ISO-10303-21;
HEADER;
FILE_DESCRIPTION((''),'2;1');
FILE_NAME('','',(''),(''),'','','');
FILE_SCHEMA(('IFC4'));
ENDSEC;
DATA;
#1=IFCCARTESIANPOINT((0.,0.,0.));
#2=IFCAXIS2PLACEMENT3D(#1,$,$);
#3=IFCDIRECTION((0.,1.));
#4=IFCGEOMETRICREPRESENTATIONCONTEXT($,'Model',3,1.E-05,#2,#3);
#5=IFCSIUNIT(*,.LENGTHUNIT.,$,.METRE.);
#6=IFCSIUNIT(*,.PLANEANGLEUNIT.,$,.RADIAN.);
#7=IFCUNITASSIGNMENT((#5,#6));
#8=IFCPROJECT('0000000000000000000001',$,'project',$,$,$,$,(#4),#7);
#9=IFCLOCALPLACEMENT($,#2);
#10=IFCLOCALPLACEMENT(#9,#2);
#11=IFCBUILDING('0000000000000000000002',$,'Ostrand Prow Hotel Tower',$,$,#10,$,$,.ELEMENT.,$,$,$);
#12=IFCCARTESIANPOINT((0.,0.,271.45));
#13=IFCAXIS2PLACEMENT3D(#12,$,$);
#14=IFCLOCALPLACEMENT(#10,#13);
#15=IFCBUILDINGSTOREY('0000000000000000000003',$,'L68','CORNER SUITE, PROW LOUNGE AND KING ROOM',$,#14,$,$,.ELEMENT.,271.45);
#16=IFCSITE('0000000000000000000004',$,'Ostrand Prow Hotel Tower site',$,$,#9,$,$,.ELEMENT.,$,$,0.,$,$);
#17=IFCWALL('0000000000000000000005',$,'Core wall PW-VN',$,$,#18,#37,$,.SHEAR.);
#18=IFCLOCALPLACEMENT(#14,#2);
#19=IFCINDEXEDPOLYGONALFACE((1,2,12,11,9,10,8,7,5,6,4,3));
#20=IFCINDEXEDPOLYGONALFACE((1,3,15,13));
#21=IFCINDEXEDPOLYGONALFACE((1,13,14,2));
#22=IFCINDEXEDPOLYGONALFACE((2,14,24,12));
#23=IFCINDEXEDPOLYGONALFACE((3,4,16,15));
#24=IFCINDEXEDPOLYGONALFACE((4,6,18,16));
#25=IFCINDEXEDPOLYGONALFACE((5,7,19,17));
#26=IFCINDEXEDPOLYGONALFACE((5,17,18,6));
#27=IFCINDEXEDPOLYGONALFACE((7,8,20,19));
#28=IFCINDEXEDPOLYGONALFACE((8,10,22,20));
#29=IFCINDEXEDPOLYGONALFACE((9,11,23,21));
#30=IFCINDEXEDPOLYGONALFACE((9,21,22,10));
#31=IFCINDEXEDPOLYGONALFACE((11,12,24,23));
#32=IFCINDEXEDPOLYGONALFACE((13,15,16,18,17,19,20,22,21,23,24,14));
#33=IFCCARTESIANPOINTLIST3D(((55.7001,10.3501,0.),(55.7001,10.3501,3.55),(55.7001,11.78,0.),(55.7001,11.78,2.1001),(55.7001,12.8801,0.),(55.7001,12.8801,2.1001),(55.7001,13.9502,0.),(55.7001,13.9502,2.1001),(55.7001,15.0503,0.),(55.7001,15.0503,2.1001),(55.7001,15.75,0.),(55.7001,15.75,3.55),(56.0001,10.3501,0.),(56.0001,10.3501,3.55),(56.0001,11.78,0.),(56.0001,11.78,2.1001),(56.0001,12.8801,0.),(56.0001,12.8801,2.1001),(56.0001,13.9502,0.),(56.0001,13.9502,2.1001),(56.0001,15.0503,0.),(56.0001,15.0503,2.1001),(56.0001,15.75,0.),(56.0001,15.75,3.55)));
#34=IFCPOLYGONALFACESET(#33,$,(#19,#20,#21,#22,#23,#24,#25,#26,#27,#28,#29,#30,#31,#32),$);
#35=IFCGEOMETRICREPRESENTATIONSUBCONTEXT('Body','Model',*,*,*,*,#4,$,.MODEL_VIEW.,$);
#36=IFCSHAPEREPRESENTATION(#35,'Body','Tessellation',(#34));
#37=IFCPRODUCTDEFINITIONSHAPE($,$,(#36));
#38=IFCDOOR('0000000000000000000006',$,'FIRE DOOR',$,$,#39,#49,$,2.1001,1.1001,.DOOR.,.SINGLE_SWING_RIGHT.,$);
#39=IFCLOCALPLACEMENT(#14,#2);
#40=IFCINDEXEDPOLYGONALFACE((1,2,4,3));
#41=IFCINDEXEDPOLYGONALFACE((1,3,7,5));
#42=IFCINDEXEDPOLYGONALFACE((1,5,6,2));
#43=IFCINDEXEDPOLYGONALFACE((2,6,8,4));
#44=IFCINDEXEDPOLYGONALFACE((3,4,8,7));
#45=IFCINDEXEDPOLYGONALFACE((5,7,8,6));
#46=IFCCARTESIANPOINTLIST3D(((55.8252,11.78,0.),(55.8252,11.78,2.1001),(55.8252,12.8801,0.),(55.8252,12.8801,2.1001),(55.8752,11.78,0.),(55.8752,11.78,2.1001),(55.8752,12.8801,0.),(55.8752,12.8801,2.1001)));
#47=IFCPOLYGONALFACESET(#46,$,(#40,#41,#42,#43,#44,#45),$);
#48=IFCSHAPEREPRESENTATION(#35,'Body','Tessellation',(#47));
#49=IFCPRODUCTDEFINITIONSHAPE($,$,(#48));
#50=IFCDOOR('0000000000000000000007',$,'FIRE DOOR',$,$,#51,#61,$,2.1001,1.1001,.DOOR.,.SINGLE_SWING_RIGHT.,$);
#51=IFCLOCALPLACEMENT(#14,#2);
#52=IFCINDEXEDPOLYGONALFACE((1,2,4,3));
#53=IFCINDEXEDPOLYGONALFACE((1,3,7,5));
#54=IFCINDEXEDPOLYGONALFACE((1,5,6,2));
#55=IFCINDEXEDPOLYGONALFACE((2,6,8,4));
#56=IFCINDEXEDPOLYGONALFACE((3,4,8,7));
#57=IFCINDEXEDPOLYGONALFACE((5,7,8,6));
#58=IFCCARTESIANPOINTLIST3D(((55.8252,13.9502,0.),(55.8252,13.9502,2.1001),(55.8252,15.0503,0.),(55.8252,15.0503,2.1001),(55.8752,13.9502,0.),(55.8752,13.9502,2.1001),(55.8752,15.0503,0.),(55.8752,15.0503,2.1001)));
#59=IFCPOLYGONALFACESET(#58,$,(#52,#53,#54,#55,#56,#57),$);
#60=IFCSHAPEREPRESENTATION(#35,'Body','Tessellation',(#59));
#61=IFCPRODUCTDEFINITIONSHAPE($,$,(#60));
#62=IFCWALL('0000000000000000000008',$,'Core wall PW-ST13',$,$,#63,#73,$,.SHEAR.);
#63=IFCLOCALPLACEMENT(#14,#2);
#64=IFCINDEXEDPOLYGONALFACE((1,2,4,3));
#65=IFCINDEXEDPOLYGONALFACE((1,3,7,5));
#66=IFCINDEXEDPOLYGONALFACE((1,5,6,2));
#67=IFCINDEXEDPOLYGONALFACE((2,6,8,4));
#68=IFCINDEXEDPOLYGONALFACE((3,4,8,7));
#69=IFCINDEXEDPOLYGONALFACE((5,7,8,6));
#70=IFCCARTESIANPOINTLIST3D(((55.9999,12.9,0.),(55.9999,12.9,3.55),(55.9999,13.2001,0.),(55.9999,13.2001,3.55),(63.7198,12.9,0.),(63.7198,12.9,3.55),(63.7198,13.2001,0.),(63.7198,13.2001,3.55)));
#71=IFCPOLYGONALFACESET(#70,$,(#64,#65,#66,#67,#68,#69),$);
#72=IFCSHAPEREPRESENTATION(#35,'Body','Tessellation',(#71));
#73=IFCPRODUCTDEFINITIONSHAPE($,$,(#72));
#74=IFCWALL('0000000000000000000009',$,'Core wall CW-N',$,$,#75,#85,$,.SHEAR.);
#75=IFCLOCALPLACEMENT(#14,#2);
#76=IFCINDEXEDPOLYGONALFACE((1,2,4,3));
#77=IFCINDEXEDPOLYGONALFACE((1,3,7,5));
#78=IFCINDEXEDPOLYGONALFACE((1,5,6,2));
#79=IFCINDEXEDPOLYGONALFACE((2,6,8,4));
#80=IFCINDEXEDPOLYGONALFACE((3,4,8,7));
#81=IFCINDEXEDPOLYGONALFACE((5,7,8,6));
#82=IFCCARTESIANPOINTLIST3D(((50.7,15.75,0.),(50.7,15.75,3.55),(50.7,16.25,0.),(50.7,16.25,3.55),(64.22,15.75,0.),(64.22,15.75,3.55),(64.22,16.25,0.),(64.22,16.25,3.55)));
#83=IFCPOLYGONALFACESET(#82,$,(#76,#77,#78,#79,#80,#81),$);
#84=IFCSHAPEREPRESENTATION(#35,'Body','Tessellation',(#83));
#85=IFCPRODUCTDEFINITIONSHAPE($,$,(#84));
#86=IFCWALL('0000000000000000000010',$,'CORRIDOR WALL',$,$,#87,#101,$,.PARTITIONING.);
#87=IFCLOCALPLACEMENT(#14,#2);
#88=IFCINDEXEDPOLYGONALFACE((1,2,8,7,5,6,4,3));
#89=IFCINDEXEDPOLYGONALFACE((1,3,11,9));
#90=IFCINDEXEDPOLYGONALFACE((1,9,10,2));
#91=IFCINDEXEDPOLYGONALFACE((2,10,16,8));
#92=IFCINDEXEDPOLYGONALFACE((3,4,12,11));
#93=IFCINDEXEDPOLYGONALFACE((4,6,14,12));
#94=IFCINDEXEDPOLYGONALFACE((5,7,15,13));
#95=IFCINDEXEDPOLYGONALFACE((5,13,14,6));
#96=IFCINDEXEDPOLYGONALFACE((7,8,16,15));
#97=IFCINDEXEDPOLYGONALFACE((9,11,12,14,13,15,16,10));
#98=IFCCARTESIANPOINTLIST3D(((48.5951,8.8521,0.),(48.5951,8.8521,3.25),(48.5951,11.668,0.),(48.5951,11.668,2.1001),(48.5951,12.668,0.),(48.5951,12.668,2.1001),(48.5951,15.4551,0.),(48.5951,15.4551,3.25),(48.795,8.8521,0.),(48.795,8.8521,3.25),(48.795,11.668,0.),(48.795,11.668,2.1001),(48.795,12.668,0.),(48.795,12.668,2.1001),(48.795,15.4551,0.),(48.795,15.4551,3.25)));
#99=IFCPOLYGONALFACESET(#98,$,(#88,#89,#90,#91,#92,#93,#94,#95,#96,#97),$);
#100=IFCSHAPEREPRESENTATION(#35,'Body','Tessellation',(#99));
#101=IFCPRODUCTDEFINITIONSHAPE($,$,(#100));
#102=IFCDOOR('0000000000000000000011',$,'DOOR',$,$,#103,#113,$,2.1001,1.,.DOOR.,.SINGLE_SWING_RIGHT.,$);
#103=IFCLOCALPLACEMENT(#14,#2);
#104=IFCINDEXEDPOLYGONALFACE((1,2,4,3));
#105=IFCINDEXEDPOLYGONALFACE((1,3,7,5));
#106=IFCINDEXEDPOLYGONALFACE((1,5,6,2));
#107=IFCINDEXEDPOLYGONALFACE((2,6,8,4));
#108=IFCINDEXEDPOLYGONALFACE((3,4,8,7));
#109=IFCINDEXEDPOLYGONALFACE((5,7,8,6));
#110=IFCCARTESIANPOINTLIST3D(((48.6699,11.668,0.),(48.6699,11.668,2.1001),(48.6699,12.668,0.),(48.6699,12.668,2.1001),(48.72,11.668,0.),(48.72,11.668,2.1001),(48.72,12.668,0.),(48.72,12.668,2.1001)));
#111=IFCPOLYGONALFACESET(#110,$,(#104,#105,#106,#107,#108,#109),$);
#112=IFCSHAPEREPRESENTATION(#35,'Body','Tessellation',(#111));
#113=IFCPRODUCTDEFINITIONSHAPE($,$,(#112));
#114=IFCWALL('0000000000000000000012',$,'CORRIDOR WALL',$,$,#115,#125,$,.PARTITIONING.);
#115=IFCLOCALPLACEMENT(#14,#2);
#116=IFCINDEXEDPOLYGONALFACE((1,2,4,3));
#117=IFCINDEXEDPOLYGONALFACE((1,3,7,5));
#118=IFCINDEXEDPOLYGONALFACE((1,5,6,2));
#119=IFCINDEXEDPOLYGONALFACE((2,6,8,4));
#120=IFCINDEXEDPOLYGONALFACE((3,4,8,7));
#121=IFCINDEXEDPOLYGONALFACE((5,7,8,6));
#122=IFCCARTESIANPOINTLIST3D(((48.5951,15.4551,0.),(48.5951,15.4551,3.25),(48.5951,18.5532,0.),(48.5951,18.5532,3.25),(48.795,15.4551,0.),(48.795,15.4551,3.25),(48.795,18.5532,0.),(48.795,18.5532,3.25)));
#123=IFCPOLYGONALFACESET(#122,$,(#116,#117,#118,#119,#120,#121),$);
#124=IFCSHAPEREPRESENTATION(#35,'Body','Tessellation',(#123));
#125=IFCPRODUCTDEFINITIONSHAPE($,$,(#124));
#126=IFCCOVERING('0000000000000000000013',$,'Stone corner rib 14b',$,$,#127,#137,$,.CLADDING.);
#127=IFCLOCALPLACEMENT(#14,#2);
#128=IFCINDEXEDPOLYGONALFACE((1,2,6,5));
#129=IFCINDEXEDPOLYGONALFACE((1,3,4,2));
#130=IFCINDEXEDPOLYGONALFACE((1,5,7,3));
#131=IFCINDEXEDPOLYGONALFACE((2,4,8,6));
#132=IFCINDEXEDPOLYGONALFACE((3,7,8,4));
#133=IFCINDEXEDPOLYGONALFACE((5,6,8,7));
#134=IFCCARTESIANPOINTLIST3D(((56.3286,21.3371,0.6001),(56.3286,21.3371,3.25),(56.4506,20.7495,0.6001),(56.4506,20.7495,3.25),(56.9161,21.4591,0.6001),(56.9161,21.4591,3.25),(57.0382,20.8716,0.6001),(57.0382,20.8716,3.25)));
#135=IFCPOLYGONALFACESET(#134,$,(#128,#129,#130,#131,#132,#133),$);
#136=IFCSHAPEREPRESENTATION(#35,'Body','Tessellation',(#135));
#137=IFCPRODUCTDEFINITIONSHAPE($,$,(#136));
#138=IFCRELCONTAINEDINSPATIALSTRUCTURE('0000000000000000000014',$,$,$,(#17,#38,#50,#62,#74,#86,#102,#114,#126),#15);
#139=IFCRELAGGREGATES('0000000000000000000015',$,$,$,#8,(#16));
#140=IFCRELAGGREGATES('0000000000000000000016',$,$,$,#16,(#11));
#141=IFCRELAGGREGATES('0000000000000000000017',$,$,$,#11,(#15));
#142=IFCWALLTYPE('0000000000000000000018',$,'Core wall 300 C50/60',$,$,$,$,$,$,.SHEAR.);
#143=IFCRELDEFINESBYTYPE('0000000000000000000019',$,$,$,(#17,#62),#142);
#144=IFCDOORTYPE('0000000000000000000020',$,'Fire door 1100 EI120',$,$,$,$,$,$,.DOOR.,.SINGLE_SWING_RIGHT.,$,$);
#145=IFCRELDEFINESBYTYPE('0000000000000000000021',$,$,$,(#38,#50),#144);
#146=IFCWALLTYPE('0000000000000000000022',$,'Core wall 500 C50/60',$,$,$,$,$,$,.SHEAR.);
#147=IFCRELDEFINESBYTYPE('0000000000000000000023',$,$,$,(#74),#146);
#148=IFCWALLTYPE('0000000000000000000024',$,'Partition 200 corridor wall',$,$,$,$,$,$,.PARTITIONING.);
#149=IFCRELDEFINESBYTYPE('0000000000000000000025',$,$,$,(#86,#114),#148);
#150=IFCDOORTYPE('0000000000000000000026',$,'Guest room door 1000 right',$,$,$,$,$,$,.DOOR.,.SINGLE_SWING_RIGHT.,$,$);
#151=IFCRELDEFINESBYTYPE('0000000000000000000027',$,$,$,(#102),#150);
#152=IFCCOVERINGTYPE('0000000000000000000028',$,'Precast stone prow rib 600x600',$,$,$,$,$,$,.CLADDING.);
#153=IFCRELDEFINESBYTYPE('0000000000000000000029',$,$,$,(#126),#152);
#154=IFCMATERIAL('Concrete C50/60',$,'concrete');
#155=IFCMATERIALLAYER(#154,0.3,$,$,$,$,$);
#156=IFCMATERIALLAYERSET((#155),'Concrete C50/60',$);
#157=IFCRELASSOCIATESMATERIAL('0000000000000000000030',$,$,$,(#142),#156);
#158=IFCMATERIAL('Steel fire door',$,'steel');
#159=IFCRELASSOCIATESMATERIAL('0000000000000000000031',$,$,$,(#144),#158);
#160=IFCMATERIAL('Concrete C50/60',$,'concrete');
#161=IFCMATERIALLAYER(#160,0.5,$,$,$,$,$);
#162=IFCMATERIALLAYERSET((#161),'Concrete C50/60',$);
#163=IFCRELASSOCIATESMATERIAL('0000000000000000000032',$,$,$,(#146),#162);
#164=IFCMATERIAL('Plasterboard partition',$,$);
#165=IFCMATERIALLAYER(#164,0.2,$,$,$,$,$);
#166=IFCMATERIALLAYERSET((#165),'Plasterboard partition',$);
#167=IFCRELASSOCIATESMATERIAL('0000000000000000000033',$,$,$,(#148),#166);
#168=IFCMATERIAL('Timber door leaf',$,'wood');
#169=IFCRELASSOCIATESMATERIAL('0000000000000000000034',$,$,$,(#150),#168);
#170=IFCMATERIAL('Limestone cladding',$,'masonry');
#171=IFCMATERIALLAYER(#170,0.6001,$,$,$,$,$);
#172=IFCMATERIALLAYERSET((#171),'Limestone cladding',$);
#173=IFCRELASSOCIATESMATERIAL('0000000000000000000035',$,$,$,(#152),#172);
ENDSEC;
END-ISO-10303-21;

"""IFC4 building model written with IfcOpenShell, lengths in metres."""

from ifc_helpers import new_model, si_unit, direction, frame, frame_2d, origin, place, context, subcontext, project, spatial, rectangle, extrude, material, layer, layer_set, type_object, element, fill, save


model = new_model("IFC4")

# Units and contexts
model_context = context("Model", 3, precision=1e-05, world=origin(), true_north=direction((0.0, 1.0)))
body_context = subcontext(model_context, "Body", "Model", "MODEL_VIEW")
ifc_project = project(units=[si_unit("LENGTHUNIT", "METRE"), si_unit("PLANEANGLEUNIT", "RADIAN")], contexts=[model_context])

# Site, building, storey
site_placement = place(None, origin())
site = spatial("IfcSite", under=ifc_project, at=site_placement, Name="Ostrand Prow Hotel Tower site", CompositionType="ELEMENT", RefElevation=0.0)
building_placement = place(site_placement, origin())
building = spatial("IfcBuilding", under=site, at=building_placement, Name="Ostrand Prow Hotel Tower", CompositionType="ELEMENT")
storey_placement = place(building_placement, frame((0.0, 0.0, 271.45)))
storey = spatial("IfcBuildingStorey", under=building, at=storey_placement, Name="L68", Description="CORNER SUITE, PROW LOUNGE AND KING ROOM", CompositionType="ELEMENT", Elevation=271.45)

# Wall, openings, doors
ifc_material_1 = material(Name="Concrete C50/60", Category="concrete")
ifc_layer_1 = layer(ifc_material_1, 0.3)
ifc_layer_set_1 = layer_set([ifc_layer_1], Name="Concrete C50/60")
wall_type_1 = type_object("IfcWallType", Name="Core wall 300 C50/60", PredefinedType="SHEAR", material=ifc_layer_set_1)
wall_1_placement = place(storey_placement, frame((55.8501, 10.3501, 0.0), z_axis=(0.0, 0.0, 1.0), x_axis=(0.0, 1.0, 0.0)))
wall_1 = element("IfcWall", 1, at=wall_1_placement, inside=storey, type_object=wall_type_1, Name="Core wall PW-VN", PredefinedType="SHEAR", context=body_context, shape_type="SweptSolid", body=[
    extrude(rectangle(XDim=5.3999, YDim=0.3, at=frame_2d((2.7, 0.0))), origin(), (0.0, 0.0, 1.0), 3.55),
])
opening_1_placement = place(wall_1_placement, frame((1.4299, 0.0, 0.0)))
opening_1 = element("IfcOpeningElement", 2, at=opening_1_placement, cuts=wall_1, PredefinedType="OPENING", context=body_context, shape_type="SweptSolid", body=[
    extrude(rectangle(XDim=1.1001, YDim=2.1001, at=frame_2d((0.55, 1.05))), frame((0.0, 0.1599, 0.0), z_axis=(0.0, -1.0, 0.0), x_axis=(1.0, 0.0, 0.0)), (0.0, 0.0, 1.0), 0.3201),
])
opening_2_placement = place(wall_1_placement, frame((3.6001, 0.0, 0.0)))
opening_2 = element("IfcOpeningElement", 3, at=opening_2_placement, cuts=wall_1, PredefinedType="OPENING", context=body_context, shape_type="SweptSolid", body=[
    extrude(rectangle(XDim=1.1001, YDim=2.1001, at=frame_2d((0.55, 1.05))), frame((0.0, 0.1599, 0.0), z_axis=(0.0, -1.0, 0.0), x_axis=(1.0, 0.0, 0.0)), (0.0, 0.0, 1.0), 0.3201),
])
ifc_material_2 = material(Name="Steel fire door", Category="steel")
door_type_1 = type_object("IfcDoorType", Name="Fire door 1100 EI120", OperationType="SINGLE_SWING_RIGHT", PredefinedType="DOOR", material=ifc_material_2)
door_1_placement = place(opening_1_placement, origin())
door_1 = element("IfcDoor", 4, at=door_1_placement, inside=storey, type_object=door_type_1, Name="FIRE DOOR", OperationType="SINGLE_SWING_RIGHT", OverallHeight=2.1001, OverallWidth=1.1001, PredefinedType="DOOR", context=body_context, shape_type="SweptSolid", body=[
    extrude(rectangle(XDim=1.1001, YDim=2.1001, at=frame_2d((0.55, 1.05))), frame((0.0, 0.0249, 0.0), z_axis=(0.0, -1.0, 0.0), x_axis=(1.0, 0.0, 0.0)), (0.0, 0.0, 1.0), 0.05),
])
fill(opening_1, door_1)
door_2_placement = place(opening_2_placement, origin())
door_2 = element("IfcDoor", 5, at=door_2_placement, inside=storey, type_object=door_type_1, Name="FIRE DOOR", OperationType="SINGLE_SWING_RIGHT", OverallHeight=2.1001, OverallWidth=1.1001, PredefinedType="DOOR", context=body_context, shape_type="SweptSolid", body=[
    extrude(rectangle(XDim=1.1001, YDim=2.1001, at=frame_2d((0.55, 1.05))), frame((0.0, 0.0249, 0.0), z_axis=(0.0, -1.0, 0.0), x_axis=(1.0, 0.0, 0.0)), (0.0, 0.0, 1.0), 0.05),
])
fill(opening_2, door_2)

# Walls
wall_2_placement = place(storey_placement, frame((56.0, 13.05, 0.0), z_axis=(0.0, 0.0, 1.0), x_axis=(1.0, 0.0, 0.0)))
element("IfcWall", 6, at=wall_2_placement, inside=storey, type_object=wall_type_1, Name="Core wall PW-ST13", PredefinedType="SHEAR", context=body_context, shape_type="SweptSolid", body=[
    extrude(rectangle(XDim=7.72, YDim=0.3, at=frame_2d((3.8599, 0.0))), origin(), (0.0, 0.0, 1.0), 3.55),
])
ifc_material_3 = material(Name="Concrete C50/60", Category="concrete")
ifc_layer_2 = layer(ifc_material_3, 0.5)
ifc_layer_set_2 = layer_set([ifc_layer_2], Name="Concrete C50/60")
wall_type_2 = type_object("IfcWallType", Name="Core wall 500 C50/60", PredefinedType="SHEAR", material=ifc_layer_set_2)
wall_3_placement = place(storey_placement, frame((50.7, 16.0, 0.0), z_axis=(0.0, 0.0, 1.0), x_axis=(1.0, 0.0, 0.0)))
element("IfcWall", 7, at=wall_3_placement, inside=storey, type_object=wall_type_2, Name="Core wall CW-N", PredefinedType="SHEAR", context=body_context, shape_type="SweptSolid", body=[
    extrude(rectangle(XDim=13.52, YDim=0.5, at=frame_2d((6.76, 0.0))), origin(), (0.0, 0.0, 1.0), 3.55),
])

# Wall, opening, door
ifc_material_4 = material(Name="Plasterboard partition")
ifc_layer_3 = layer(ifc_material_4, 0.2)
ifc_layer_set_3 = layer_set([ifc_layer_3], Name="Plasterboard partition")
wall_type_3 = type_object("IfcWallType", Name="Partition 200 corridor wall", PredefinedType="PARTITIONING", material=ifc_layer_set_3)
wall_4_placement = place(storey_placement, frame((48.6951, 15.4551, 0.0), z_axis=(0.0, 0.0, 1.0), x_axis=(0.0, -1.0, 0.0)))
wall_4 = element("IfcWall", 8, at=wall_4_placement, inside=storey, type_object=wall_type_3, Name="CORRIDOR WALL", PredefinedType="PARTITIONING", context=body_context, shape_type="SweptSolid", body=[
    extrude(rectangle(XDim=6.603, YDim=0.2, at=frame_2d((3.3015, 0.0))), origin(), (0.0, 0.0, 1.0), 3.25),
])
opening_3_placement = place(wall_4_placement, frame((2.7871, 0.0, 0.0)))
opening_3 = element("IfcOpeningElement", 9, at=opening_3_placement, cuts=wall_4, PredefinedType="OPENING", context=body_context, shape_type="SweptSolid", body=[
    extrude(rectangle(XDim=1.0, YDim=2.1001, at=frame_2d((0.5, 1.05))), frame((0.0, 0.1099, 0.0), z_axis=(0.0, -1.0, 0.0), x_axis=(1.0, 0.0, 0.0)), (0.0, 0.0, 1.0), 0.22),
])
ifc_material_5 = material(Name="Timber door leaf", Category="wood")
door_type_2 = type_object("IfcDoorType", Name="Guest room door 1000 right", OperationType="SINGLE_SWING_RIGHT", PredefinedType="DOOR", material=ifc_material_5)
door_3_placement = place(opening_3_placement, origin())
door_3 = element("IfcDoor", 10, at=door_3_placement, inside=storey, type_object=door_type_2, Name="DOOR", OperationType="SINGLE_SWING_RIGHT", OverallHeight=2.1001, OverallWidth=1.0, PredefinedType="DOOR", context=body_context, shape_type="SweptSolid", body=[
    extrude(rectangle(XDim=1.0, YDim=2.1001, at=frame_2d((0.5, 1.05))), frame((0.0, 0.0249, 0.0), z_axis=(0.0, -1.0, 0.0), x_axis=(1.0, 0.0, 0.0)), (0.0, 0.0, 1.0), 0.05),
])
fill(opening_3, door_3)

# Wall
wall_5_placement = place(storey_placement, frame((48.6951, 18.5532, 0.0), z_axis=(0.0, 0.0, 1.0), x_axis=(0.0, -1.0, 0.0)))
element("IfcWall", 11, at=wall_5_placement, inside=storey, type_object=wall_type_3, Name="CORRIDOR WALL", PredefinedType="PARTITIONING", context=body_context, shape_type="SweptSolid", body=[
    extrude(rectangle(XDim=3.0981, YDim=0.2, at=frame_2d((1.5491, 0.0))), origin(), (0.0, 0.0, 1.0), 3.25),
])

# Covering
ifc_material_6 = material(Name="Limestone cladding", Category="masonry")
ifc_layer_4 = layer(ifc_material_6, 0.6001)
ifc_layer_set_4 = layer_set([ifc_layer_4], Name="Limestone cladding")
covering_type = type_object("IfcCoveringType", Name="Precast stone prow rib 600x600", PredefinedType="CLADDING", material=ifc_layer_set_4)
covering_placement = place(storey_placement, frame((56.7444, 20.8105, 0.6001), z_axis=(0.0, 0.0, 1.0), x_axis=(-0.203386, 0.979099, 0.0)))
element("IfcCovering", 12, at=covering_placement, inside=storey, type_object=covering_type, Name="Stone corner rib 14b", PredefinedType="CLADDING", context=body_context, shape_type="SweptSolid", body=[
    extrude(rectangle(XDim=0.6001, YDim=0.6001, at=frame_2d((0.3, 0.0))), origin(), (0.0, 0.0, 1.0), 2.6499),
])

save(model, "model.ifc")
